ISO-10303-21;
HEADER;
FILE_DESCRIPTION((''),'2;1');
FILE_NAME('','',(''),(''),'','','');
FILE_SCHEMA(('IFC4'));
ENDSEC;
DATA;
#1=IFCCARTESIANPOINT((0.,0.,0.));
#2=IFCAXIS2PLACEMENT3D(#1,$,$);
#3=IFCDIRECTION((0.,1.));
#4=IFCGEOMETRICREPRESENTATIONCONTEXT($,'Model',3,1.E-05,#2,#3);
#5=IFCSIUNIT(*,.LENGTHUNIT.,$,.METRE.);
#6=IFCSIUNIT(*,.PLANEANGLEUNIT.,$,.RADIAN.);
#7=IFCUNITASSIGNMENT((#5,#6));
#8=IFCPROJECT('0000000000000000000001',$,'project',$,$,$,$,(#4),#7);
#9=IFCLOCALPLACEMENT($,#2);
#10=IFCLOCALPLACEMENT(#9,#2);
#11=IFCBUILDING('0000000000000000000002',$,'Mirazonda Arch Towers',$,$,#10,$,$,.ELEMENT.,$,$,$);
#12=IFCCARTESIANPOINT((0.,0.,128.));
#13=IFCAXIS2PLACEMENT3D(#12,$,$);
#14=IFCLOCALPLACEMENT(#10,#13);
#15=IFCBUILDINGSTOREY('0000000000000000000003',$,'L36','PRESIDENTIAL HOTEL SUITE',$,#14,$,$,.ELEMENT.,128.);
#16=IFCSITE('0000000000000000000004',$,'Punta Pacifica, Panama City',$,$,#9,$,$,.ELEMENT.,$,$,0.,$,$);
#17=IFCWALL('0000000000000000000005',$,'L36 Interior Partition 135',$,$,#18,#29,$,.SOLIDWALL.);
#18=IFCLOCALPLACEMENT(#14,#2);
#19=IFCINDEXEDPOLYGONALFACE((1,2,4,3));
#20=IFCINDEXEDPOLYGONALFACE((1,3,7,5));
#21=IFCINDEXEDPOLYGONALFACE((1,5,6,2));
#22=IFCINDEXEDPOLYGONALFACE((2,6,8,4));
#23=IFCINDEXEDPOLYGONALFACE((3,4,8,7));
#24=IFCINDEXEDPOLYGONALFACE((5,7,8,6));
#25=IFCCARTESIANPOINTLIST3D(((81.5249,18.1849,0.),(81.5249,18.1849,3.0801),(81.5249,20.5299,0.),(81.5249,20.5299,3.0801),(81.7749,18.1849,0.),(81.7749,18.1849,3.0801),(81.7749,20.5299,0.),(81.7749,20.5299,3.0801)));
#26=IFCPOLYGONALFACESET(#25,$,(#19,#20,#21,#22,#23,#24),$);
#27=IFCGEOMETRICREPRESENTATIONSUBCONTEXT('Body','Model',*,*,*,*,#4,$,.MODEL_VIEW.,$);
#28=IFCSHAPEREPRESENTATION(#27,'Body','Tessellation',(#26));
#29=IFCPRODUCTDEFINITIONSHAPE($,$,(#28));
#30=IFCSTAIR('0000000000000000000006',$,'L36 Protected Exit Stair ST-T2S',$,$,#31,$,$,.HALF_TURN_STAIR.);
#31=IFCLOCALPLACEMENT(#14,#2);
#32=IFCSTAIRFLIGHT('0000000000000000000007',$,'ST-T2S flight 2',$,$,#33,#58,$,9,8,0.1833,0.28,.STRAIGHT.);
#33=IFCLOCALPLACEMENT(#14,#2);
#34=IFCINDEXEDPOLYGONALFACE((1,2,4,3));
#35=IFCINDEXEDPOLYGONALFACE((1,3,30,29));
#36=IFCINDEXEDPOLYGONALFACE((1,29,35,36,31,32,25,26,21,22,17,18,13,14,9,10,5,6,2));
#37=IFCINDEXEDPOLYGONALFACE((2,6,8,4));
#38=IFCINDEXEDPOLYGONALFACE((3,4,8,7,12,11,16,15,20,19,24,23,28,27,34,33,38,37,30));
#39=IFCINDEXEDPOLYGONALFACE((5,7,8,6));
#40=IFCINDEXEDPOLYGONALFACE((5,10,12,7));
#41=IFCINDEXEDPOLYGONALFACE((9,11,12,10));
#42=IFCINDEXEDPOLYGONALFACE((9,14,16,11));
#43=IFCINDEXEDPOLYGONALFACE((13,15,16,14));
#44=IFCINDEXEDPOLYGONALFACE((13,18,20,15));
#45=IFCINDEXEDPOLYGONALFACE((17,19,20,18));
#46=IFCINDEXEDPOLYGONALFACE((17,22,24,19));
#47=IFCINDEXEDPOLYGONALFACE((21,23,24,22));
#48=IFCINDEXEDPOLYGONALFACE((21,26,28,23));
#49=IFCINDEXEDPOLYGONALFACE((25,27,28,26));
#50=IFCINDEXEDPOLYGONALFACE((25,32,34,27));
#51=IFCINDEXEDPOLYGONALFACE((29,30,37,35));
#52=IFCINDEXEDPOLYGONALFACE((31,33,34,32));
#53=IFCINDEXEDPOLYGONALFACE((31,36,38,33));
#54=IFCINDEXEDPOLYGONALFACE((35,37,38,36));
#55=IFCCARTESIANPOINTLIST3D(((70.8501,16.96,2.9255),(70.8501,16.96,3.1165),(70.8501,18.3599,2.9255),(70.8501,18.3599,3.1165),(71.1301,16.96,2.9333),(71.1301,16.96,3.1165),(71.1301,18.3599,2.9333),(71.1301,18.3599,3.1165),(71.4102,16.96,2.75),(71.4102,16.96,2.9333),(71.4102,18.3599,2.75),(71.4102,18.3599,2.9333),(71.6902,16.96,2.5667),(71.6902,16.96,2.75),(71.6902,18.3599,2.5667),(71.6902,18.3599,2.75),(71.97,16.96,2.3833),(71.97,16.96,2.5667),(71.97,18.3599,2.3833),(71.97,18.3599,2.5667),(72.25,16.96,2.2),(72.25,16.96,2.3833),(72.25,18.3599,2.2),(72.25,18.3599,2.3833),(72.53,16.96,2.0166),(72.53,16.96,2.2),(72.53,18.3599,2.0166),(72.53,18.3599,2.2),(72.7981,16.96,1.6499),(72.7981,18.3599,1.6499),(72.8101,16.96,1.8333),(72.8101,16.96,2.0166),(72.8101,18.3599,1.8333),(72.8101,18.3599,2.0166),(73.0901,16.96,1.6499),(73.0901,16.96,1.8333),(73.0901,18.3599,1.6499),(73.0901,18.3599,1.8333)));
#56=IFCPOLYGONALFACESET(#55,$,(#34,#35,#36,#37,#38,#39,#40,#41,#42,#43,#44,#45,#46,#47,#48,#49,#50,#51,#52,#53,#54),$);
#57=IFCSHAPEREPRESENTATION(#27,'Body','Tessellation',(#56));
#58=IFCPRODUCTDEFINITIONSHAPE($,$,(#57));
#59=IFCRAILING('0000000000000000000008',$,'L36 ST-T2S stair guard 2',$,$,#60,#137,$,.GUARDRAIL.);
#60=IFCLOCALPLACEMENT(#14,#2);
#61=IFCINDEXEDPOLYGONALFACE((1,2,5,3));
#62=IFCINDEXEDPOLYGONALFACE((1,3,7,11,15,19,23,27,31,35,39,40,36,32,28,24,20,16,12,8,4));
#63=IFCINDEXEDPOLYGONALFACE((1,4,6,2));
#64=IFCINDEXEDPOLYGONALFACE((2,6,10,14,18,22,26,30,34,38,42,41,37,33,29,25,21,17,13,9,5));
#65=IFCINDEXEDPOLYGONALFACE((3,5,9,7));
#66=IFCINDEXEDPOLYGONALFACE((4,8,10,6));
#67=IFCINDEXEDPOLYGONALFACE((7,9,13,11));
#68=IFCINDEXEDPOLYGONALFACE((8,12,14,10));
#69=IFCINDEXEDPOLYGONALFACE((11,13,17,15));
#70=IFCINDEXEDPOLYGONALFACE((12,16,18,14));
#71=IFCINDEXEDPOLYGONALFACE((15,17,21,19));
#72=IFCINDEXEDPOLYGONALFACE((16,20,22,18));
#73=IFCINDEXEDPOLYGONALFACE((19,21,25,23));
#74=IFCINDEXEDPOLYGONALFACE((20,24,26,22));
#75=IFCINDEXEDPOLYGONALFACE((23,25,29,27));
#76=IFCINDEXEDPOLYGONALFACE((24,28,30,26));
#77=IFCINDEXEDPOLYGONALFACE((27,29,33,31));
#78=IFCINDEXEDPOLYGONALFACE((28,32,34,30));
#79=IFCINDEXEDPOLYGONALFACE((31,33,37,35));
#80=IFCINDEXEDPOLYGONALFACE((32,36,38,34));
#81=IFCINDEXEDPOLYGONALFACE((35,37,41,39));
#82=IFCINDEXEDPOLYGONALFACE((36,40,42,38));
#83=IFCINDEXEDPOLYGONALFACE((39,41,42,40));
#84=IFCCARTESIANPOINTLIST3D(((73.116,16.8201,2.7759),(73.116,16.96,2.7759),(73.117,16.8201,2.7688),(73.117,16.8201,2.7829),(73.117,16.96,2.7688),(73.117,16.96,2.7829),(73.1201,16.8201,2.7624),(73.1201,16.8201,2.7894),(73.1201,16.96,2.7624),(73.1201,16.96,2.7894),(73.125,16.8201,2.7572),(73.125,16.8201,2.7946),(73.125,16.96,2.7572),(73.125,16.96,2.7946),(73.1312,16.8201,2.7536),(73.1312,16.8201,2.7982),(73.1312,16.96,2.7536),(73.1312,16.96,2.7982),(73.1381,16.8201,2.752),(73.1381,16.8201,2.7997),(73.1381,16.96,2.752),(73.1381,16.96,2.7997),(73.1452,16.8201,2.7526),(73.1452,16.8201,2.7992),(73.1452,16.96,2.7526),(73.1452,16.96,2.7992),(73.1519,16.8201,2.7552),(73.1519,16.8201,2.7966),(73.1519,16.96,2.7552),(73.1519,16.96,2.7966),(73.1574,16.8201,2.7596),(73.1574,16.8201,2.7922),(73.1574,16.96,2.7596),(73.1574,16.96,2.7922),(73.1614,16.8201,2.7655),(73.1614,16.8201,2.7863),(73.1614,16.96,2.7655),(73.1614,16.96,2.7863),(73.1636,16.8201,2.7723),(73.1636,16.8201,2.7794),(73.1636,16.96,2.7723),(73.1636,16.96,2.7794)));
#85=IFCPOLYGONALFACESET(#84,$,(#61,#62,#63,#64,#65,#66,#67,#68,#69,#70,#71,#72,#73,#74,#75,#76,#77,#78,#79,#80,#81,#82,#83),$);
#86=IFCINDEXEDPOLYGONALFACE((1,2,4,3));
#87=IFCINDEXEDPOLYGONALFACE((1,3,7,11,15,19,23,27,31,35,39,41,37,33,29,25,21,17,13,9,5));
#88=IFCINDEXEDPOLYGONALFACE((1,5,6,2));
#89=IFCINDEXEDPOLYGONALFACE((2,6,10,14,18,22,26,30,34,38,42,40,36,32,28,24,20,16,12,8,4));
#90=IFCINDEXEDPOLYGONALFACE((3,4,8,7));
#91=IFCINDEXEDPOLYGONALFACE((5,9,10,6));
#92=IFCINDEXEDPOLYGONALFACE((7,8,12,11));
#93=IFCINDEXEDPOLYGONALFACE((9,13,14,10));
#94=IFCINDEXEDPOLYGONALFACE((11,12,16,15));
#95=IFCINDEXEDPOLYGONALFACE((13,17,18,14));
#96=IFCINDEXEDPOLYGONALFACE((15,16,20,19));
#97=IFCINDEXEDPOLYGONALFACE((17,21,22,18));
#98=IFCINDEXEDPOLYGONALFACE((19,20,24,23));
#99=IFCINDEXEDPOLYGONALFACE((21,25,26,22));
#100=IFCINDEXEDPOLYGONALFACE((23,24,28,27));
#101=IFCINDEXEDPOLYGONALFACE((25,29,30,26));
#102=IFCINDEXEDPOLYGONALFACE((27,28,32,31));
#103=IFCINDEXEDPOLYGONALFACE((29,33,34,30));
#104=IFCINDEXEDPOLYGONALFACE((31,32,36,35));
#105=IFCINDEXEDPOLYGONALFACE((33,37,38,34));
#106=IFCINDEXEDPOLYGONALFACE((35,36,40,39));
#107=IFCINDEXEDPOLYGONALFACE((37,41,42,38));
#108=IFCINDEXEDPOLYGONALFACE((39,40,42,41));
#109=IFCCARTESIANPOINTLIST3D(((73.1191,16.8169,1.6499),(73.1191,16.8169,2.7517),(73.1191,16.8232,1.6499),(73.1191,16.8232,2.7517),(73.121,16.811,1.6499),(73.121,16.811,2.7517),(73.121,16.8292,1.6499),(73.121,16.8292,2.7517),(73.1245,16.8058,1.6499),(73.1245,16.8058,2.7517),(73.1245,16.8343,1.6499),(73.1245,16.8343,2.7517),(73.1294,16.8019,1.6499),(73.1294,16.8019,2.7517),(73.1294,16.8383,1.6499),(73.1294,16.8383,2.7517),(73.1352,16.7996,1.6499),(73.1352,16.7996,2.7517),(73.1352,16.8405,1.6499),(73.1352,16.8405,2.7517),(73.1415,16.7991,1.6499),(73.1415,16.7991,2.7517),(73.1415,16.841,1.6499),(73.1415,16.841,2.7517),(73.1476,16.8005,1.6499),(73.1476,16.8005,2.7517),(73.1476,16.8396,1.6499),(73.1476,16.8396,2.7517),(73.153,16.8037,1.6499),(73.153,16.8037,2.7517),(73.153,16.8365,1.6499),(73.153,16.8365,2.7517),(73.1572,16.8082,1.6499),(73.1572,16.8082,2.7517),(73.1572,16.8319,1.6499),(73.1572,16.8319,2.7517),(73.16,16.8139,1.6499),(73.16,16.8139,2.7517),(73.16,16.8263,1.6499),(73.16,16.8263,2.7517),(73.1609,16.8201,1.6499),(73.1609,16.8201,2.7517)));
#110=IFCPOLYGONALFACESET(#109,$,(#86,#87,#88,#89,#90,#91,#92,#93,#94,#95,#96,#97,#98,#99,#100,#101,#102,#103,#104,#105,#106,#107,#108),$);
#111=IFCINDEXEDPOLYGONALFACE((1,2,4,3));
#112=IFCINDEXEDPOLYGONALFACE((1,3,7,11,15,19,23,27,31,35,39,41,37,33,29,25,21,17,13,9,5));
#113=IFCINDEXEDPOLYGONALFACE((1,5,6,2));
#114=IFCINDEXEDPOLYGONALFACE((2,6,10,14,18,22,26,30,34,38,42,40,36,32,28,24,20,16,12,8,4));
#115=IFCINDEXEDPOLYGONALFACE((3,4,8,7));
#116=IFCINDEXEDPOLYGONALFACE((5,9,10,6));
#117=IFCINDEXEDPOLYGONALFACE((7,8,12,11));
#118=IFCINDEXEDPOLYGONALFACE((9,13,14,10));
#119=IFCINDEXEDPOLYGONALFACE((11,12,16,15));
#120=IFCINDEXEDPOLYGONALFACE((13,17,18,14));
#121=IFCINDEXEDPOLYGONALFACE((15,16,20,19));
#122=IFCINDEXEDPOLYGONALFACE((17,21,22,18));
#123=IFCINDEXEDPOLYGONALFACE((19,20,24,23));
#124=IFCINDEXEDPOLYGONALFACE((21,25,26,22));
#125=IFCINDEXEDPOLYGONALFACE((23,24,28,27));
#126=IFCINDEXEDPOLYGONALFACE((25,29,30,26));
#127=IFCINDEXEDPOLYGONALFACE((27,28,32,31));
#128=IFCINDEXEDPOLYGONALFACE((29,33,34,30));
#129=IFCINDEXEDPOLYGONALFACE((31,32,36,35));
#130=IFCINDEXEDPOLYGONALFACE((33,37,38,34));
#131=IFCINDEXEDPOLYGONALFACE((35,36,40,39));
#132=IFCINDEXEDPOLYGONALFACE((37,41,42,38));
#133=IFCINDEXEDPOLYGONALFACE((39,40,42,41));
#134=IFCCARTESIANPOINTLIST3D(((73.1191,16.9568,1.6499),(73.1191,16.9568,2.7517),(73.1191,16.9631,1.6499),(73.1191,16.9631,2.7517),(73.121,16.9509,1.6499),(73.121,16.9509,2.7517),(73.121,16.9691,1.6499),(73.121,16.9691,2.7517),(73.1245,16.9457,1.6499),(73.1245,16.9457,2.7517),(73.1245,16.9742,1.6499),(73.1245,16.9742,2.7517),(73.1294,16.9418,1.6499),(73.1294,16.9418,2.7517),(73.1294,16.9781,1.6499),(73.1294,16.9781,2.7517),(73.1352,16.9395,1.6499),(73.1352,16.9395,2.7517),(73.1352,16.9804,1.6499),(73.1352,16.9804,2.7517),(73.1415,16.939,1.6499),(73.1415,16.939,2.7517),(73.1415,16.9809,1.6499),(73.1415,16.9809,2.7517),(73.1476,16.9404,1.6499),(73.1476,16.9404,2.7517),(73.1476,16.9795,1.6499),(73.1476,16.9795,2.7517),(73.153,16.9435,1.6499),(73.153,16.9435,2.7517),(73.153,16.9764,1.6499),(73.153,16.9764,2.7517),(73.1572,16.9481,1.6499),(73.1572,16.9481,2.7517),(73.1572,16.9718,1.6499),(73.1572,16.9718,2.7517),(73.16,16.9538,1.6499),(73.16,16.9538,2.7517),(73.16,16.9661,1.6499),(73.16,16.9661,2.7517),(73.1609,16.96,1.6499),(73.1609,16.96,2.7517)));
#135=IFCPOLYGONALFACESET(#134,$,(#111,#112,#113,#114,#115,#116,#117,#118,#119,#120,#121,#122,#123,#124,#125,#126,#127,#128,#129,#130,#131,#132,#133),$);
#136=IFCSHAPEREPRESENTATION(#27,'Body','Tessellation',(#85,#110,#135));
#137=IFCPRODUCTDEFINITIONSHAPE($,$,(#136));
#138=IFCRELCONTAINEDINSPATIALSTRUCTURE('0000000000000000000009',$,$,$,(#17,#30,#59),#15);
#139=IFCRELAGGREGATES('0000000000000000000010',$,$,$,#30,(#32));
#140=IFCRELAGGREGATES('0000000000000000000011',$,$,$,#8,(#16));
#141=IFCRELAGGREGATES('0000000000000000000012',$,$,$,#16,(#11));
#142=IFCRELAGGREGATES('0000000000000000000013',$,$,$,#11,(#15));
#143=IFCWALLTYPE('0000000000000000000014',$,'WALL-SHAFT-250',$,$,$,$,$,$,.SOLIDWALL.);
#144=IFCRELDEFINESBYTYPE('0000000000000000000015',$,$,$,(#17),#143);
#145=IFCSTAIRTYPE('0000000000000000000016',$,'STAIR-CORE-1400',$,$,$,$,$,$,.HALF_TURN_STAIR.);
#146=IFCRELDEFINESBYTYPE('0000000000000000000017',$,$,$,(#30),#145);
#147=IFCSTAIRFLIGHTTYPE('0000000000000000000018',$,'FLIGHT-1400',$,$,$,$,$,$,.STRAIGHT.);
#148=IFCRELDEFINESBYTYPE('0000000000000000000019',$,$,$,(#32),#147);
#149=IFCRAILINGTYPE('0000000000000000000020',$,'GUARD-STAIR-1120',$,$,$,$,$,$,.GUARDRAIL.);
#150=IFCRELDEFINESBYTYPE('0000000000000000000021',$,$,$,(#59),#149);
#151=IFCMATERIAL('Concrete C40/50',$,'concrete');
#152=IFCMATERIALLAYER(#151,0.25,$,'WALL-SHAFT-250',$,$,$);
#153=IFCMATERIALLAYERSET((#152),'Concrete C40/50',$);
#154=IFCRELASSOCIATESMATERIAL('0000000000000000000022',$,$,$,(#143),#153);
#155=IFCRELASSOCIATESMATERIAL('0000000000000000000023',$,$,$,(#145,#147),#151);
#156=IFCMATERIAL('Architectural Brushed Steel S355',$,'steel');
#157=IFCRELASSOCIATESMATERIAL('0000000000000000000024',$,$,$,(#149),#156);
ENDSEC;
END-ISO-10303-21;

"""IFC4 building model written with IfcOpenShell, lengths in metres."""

from ifc_helpers import new_model, si_unit, direction, frame, frame_2d, origin, origin_2d, place, context, subcontext, project, spatial, polyline, rectangle, circle, outline, extrude, material, layer, layer_set, type_object, element, aggregate, save


model = new_model("IFC4")

# Units and contexts
model_context = context("Model", 3, precision=1e-05, world=origin(), true_north=direction((0.0, 1.0)))
body_context = subcontext(model_context, "Body", "Model", "MODEL_VIEW")
ifc_project = project(units=[si_unit("LENGTHUNIT", "METRE"), si_unit("PLANEANGLEUNIT", "RADIAN")], contexts=[model_context])

# Site, building, storey
site_placement = place(None, origin())
site = spatial("IfcSite", under=ifc_project, at=site_placement, Name="Punta Pacifica, Panama City", CompositionType="ELEMENT", RefElevation=0.0)
building_placement = place(site_placement, origin())
building = spatial("IfcBuilding", under=site, at=building_placement, Name="Mirazonda Arch Towers", CompositionType="ELEMENT")
storey_placement = place(building_placement, frame((0.0, 0.0, 128.0)))
storey = spatial("IfcBuildingStorey", under=building, at=storey_placement, Name="L36", Description="PRESIDENTIAL HOTEL SUITE", CompositionType="ELEMENT", Elevation=128.0)

# Wall
ifc_material_1 = material(Name="Concrete C40/50", Category="concrete")
ifc_layer_1 = layer(ifc_material_1, 0.25, Name="WALL-SHAFT-250")
ifc_layer_set_1 = layer_set([ifc_layer_1], Name="Concrete C40/50")
wall_type_1 = type_object("IfcWallType", Name="WALL-SHAFT-250", PredefinedType="SOLIDWALL", material=ifc_layer_set_1)
wall_1_placement = place(storey_placement, frame((81.6499, 18.1851, 0.0), z_axis=(0.0, 0.0, 1.0), x_axis=(0.0, 1.0, 0.0)))
element("IfcWall", 1, at=wall_1_placement, inside=storey, type_object=wall_type_1, Name="L36 Interior Partition 135", PredefinedType="SOLIDWALL", context=body_context, shape_type="SweptSolid", body=[
    extrude(rectangle(XDim=2.345, YDim=0.25, at=frame_2d((1.1724, 0.0))), origin(), (0.0, 0.0, 1.0), 3.0801),
])

# Stair, stair flight
stair_type = type_object("IfcStairType", Name="STAIR-CORE-1400", PredefinedType="HALF_TURN_STAIR", material=ifc_material_1)
stair_placement = place(storey_placement, origin())
stair = element("IfcStair", 2, at=stair_placement, inside=storey, type_object=stair_type, Name="L36 Protected Exit Stair ST-T2S", PredefinedType="HALF_TURN_STAIR")
stair_flight_type = type_object("IfcStairFlightType", Name="FLIGHT-1400", PredefinedType="STRAIGHT", material=ifc_material_1)
stair_flight_placement = place(storey_placement, frame((73.0901, 17.6599, 1.6499), z_axis=(0.0, 0.0, 1.0), x_axis=(-1.0, 0.0, 0.0)))
stair_flight = element("IfcStairFlight", 3, at=stair_flight_placement, type_object=stair_flight_type, Name="ST-T2S flight 2", NumberOfRisers=9, NumberOfTreads=8, PredefinedType="STRAIGHT", RiserHeight=0.1833, TreadLength=0.28, context=body_context, shape_type="SweptSolid", body=[
    extrude(outline(polyline([(0.0, 0.0), (0.0, 0.1833), (0.28, 0.1833), (0.28, 0.3667), (0.5601, 0.3667), (0.5601, 0.55), (0.8401, 0.55), (0.8401, 0.7334), (1.1201, 0.7334), (1.1201, 0.9167), (1.3999, 0.9167), (1.3999, 1.1001), (1.6799, 1.1001), (1.6799, 1.2834), (1.96, 1.2834), (1.96, 1.4666), (2.24, 1.4666), (2.24, 1.6499), (2.24, 1.2756), (0.292, 0.0), (0.0, 0.0)])), frame((0.0, 0.7, 0.0), z_axis=(0.0, -1.0, 0.0), x_axis=(1.0, 0.0, 0.0)), (0.0, 0.0, 1.0), 1.3999),
])
aggregate(stair, [stair_flight])

# Railing
ifc_material_2 = material(Name="Architectural Brushed Steel S355", Category="steel")
railing_type_1 = type_object("IfcRailingType", Name="GUARD-STAIR-1120", PredefinedType="GUARDRAIL", material=ifc_material_2)
railing_1_placement = place(storey_placement, frame((73.1399, 16.8201, 1.6499)))
element("IfcRailing", 4, at=railing_1_placement, inside=storey, type_object=railing_type_1, Name="L36 ST-T2S stair guard 2", PredefinedType="GUARDRAIL", context=body_context, shape_type="SweptSolid", body=[
    extrude(circle(Radius=0.0239, at=origin_2d()), frame((0.0, 0.0, 1.126), z_axis=(0.0, 1.0, 0.0), x_axis=(-1.0, 0.0, 0.0)), (0.0, 0.0, 1.0), 0.1399),
    extrude(circle(Radius=0.021, at=origin_2d()), origin(), (0.0, 0.0, 1.0), 1.1018),
    extrude(circle(Radius=0.021, at=origin_2d()), frame((0.0, 0.1399, 0.0)), (0.0, 0.0, 1.0), 1.1018),
])

save(model, "model.ifc")
